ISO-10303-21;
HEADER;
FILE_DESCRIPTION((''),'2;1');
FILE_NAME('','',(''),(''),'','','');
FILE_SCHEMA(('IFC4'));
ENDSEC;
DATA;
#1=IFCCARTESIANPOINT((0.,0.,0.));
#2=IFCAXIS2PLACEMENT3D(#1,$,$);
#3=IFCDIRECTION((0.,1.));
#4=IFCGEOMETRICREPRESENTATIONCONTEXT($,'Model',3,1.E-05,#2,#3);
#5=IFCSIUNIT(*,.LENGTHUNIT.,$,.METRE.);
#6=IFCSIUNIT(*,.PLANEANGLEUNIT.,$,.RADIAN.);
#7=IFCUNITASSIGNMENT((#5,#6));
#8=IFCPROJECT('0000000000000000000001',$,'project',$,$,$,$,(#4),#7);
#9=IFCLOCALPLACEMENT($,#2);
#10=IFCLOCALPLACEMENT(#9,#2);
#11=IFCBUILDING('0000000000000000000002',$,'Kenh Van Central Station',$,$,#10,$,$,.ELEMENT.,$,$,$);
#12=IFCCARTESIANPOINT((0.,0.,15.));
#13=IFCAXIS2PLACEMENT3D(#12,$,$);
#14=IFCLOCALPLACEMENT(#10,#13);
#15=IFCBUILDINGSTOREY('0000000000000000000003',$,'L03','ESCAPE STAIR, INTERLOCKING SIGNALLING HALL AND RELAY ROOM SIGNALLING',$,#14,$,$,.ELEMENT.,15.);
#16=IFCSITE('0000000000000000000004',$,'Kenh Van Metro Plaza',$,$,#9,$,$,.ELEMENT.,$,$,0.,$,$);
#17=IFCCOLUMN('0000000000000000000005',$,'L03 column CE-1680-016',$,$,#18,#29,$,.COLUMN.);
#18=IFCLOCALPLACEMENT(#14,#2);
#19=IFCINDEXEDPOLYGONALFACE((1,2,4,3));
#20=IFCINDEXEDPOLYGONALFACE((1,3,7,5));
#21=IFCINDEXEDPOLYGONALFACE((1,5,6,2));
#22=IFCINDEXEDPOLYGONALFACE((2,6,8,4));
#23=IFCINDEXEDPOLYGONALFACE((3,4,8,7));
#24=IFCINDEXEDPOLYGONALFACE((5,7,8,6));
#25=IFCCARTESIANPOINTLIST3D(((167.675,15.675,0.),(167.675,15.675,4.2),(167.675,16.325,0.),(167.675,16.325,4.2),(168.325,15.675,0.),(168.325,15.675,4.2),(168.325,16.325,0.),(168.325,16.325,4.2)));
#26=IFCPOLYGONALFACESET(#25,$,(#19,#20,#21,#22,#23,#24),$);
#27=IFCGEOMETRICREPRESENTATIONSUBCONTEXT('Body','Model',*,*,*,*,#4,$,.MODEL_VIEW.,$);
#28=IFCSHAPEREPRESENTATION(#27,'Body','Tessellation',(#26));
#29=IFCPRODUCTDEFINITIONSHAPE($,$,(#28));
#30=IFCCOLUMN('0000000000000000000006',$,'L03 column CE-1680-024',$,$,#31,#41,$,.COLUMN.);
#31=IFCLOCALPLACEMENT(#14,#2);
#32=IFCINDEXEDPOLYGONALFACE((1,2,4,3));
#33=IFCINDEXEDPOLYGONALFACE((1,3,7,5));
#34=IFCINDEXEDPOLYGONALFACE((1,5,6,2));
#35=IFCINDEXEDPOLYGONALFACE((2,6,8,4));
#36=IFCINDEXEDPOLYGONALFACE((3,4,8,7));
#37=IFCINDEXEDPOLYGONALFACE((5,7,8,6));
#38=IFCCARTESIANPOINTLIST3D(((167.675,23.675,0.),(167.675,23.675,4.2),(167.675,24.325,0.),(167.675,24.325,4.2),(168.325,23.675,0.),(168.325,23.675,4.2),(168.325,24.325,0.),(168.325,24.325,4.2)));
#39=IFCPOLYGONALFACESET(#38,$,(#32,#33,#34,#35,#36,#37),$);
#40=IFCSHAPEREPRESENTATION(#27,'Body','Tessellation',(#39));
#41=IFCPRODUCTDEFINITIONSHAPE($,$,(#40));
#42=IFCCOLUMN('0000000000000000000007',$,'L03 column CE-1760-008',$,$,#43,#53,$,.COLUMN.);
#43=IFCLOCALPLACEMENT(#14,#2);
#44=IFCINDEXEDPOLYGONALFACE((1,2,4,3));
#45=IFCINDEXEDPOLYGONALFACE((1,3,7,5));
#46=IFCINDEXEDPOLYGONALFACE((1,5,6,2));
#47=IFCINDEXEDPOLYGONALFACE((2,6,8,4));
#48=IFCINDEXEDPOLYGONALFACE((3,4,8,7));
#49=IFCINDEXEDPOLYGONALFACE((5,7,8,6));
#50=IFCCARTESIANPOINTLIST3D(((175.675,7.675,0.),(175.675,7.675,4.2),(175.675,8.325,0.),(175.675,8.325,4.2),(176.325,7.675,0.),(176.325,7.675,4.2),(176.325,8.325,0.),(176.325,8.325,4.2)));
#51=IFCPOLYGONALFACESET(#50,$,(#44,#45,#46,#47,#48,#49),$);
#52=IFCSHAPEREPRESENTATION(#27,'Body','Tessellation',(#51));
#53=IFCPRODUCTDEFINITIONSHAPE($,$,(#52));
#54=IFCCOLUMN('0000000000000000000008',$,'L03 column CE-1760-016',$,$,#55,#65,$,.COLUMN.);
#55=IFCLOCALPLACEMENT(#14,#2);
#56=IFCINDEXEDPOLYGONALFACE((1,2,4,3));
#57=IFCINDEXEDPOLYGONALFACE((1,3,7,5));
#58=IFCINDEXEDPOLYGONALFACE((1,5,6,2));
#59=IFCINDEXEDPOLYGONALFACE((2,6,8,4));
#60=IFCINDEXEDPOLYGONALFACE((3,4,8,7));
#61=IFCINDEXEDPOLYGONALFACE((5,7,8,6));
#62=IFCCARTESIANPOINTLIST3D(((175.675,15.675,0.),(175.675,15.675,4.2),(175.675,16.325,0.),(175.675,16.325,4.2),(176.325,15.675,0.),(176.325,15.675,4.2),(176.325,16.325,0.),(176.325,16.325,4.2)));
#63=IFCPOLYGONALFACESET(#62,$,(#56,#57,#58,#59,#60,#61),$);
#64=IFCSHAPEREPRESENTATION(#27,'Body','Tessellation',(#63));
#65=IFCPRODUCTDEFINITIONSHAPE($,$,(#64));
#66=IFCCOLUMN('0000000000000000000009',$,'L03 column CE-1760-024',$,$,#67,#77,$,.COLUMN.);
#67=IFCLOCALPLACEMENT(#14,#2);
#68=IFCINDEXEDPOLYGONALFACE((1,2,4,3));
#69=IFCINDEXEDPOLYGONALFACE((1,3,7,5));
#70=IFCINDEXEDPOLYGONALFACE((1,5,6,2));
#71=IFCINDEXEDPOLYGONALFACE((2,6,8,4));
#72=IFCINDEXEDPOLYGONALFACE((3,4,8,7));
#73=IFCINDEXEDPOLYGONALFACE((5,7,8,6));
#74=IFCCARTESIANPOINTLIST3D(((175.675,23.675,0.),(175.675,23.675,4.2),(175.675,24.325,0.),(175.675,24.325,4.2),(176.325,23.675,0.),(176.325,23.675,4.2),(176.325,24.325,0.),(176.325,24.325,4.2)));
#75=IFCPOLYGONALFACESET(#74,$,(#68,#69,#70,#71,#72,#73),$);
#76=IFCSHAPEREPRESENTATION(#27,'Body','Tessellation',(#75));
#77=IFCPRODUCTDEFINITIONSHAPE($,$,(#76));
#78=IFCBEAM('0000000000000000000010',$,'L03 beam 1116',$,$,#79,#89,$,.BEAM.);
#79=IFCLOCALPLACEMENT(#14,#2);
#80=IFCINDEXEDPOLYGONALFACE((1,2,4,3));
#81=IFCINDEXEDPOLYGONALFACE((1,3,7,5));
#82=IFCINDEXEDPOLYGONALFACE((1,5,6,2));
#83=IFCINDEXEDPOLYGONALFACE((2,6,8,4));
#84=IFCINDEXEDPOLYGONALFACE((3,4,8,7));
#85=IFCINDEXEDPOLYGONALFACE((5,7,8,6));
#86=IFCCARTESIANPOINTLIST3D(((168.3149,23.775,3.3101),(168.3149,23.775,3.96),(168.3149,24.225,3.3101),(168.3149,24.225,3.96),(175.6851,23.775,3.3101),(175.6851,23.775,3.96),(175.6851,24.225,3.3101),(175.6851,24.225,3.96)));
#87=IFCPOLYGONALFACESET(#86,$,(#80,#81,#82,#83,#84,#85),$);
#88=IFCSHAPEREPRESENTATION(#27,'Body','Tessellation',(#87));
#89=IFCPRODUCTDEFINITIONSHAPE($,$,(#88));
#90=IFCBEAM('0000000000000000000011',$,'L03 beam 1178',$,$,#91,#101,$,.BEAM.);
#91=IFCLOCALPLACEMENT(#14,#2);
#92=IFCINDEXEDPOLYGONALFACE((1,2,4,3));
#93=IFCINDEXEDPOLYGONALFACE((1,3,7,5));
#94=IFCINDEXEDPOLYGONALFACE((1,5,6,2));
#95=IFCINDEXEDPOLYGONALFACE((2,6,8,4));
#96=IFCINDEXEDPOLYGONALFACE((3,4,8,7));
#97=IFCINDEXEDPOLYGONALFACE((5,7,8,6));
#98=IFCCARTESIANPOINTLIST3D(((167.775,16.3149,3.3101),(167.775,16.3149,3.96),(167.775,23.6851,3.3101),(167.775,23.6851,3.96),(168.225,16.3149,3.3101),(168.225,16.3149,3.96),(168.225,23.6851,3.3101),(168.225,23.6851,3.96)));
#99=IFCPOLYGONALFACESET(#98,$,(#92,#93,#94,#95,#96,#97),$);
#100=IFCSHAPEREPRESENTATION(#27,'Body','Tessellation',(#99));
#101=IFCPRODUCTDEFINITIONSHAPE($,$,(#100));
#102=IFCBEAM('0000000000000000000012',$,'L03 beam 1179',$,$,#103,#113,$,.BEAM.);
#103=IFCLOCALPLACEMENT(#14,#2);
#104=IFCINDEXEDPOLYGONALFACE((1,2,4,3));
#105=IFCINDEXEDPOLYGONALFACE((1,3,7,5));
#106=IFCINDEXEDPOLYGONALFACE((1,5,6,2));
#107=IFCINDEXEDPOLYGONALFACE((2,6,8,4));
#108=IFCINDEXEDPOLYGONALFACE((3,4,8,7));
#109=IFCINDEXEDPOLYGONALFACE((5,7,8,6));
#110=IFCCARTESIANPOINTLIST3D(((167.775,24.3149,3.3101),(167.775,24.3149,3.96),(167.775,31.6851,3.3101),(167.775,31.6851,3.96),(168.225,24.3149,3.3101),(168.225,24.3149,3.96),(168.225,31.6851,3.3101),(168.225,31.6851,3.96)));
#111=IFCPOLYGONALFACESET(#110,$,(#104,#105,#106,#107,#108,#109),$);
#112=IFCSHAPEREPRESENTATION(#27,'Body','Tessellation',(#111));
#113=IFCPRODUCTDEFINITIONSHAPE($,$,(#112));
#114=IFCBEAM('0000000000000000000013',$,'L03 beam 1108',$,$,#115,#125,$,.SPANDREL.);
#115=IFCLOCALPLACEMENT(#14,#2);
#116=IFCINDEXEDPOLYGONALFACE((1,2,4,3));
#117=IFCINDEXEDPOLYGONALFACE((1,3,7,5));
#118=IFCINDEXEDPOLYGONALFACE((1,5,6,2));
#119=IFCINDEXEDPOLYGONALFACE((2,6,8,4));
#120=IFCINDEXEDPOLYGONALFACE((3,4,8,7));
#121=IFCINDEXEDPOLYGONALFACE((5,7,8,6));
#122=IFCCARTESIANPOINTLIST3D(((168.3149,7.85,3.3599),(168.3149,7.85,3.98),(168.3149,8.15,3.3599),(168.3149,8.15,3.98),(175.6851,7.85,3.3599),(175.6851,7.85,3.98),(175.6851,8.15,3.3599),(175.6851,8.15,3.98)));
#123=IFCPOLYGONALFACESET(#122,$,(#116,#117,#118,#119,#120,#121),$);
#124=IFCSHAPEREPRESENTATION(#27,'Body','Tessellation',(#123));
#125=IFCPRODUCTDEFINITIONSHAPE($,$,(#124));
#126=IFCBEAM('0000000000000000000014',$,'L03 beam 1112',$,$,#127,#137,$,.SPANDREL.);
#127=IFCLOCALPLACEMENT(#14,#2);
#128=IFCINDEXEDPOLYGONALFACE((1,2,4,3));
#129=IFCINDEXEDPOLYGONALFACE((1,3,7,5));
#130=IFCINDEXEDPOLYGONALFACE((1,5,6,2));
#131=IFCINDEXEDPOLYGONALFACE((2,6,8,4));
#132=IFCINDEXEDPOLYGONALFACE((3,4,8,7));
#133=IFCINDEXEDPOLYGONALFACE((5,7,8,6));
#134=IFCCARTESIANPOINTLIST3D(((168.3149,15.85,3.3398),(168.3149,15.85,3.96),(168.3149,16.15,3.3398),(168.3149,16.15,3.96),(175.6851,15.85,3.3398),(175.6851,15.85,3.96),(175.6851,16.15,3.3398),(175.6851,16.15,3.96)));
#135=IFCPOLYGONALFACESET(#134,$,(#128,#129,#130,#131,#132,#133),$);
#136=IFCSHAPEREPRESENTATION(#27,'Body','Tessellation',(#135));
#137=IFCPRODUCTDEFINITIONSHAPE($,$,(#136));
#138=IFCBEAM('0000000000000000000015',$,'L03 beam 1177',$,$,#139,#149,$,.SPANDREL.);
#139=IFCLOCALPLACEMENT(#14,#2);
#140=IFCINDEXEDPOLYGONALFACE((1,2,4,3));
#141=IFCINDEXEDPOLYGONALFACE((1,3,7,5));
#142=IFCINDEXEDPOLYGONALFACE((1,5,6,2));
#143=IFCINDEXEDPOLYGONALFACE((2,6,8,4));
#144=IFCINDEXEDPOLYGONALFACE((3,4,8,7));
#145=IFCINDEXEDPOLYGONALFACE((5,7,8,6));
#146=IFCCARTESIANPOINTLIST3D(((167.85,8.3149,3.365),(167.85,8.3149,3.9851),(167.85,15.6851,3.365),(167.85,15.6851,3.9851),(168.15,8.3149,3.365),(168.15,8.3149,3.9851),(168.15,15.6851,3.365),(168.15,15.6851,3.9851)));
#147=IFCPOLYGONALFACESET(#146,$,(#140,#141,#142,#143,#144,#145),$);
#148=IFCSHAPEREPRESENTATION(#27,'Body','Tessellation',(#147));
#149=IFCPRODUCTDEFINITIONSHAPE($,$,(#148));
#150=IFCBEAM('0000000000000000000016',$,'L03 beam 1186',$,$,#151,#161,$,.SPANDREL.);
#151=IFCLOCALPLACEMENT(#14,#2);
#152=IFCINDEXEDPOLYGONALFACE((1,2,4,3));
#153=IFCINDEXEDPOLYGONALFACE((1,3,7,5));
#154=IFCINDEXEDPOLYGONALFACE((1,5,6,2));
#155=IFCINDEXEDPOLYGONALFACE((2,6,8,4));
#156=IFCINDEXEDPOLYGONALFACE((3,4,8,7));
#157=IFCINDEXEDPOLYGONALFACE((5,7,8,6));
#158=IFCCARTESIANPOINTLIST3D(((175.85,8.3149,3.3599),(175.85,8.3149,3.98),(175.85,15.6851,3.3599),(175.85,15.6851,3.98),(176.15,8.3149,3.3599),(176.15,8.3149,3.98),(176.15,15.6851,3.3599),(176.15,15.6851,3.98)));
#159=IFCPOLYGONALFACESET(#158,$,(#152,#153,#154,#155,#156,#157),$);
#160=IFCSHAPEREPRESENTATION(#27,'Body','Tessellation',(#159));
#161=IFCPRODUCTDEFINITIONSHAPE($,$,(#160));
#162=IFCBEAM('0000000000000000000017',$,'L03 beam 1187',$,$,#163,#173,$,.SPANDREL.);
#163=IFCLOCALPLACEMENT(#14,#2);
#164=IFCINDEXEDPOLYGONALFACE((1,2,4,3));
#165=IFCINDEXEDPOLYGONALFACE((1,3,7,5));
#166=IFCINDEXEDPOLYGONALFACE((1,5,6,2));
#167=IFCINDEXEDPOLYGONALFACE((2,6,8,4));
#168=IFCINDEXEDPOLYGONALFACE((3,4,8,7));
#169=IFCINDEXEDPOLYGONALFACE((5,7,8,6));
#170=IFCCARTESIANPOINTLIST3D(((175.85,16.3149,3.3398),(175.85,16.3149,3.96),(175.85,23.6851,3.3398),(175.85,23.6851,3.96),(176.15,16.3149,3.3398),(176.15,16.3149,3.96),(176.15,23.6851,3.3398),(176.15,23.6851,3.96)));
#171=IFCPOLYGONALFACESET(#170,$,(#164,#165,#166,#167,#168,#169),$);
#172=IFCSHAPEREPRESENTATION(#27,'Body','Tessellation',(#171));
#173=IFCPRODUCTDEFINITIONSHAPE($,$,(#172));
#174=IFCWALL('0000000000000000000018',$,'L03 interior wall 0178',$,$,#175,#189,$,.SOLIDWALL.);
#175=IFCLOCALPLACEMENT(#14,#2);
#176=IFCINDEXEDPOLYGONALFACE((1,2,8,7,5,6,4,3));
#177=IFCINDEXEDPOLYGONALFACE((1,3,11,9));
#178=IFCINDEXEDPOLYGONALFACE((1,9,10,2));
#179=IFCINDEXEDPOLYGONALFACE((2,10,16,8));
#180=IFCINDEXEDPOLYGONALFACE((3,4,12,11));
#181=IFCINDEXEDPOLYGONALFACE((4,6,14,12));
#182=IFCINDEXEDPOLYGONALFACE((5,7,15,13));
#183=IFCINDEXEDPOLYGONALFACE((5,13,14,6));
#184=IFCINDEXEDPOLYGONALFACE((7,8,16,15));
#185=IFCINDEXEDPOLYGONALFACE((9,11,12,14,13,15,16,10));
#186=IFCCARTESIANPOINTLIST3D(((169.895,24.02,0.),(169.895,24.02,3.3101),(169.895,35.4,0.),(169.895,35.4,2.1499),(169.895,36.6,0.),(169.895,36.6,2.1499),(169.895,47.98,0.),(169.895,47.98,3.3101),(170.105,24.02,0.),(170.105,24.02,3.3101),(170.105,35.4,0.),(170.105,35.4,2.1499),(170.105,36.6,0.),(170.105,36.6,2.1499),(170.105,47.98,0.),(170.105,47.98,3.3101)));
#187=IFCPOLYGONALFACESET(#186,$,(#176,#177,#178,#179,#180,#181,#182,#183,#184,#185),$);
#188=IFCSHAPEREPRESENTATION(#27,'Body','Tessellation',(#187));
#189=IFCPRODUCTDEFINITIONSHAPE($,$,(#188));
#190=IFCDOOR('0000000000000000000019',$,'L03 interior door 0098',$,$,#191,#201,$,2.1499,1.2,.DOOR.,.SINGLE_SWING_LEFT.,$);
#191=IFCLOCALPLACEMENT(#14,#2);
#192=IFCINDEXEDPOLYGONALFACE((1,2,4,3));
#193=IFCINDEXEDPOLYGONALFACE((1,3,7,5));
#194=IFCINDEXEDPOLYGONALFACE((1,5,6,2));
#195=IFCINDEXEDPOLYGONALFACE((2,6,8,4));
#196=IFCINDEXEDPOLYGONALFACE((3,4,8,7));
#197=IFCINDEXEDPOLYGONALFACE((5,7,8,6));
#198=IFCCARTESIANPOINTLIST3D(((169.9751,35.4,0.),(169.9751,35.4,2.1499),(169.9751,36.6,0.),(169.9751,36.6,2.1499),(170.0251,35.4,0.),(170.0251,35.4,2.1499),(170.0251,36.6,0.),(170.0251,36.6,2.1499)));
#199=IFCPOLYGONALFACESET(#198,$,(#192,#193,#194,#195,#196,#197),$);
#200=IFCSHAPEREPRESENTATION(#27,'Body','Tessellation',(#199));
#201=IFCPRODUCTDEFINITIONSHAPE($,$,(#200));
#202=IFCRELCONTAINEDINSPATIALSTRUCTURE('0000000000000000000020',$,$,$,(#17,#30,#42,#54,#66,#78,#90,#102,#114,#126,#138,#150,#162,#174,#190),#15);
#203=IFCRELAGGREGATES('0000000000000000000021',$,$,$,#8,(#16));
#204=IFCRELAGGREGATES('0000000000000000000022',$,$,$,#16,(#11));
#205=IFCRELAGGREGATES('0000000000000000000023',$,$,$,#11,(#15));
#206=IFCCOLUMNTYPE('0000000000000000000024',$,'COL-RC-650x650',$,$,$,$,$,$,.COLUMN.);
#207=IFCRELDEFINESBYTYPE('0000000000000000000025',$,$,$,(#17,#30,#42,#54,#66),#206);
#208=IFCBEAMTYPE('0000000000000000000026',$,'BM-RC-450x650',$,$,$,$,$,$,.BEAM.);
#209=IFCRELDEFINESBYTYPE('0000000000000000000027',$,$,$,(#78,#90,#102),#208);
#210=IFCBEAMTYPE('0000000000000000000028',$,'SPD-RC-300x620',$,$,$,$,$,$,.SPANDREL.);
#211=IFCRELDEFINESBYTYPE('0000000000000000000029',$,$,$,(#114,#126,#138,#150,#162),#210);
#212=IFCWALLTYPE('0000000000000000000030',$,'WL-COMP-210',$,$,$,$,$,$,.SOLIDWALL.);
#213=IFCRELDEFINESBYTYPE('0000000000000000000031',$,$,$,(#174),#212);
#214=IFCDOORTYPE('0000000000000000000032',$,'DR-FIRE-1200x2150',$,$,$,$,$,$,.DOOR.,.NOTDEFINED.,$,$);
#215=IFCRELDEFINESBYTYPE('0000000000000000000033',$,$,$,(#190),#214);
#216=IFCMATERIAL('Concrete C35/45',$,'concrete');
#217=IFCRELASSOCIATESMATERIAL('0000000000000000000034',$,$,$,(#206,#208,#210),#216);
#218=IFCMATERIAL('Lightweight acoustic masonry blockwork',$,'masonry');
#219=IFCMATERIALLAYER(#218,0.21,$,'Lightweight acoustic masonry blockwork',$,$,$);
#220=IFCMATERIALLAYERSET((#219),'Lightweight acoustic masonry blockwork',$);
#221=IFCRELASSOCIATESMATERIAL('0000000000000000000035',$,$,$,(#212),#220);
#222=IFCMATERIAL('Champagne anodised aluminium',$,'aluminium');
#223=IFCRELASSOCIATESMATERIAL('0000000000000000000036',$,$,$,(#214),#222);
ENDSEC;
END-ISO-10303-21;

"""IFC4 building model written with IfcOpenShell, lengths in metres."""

from ifc_helpers import new_model, si_unit, direction, frame, frame_2d, origin, origin_2d, place, context, subcontext, project, spatial, rectangle, extrude, material, layer, layer_set, material_profile, profile_set, type_object, element, fill, save


model = new_model("IFC4")

# Units and contexts
model_context = context("Model", 3, precision=1e-05, world=origin(), true_north=direction((0.0, 1.0)))
body_context = subcontext(model_context, "Body", "Model", "MODEL_VIEW")
ifc_project = project(units=[si_unit("LENGTHUNIT", "METRE"), si_unit("PLANEANGLEUNIT", "RADIAN")], contexts=[model_context])

# Site, building, storey
site_placement = place(None, origin())
site = spatial("IfcSite", under=ifc_project, at=site_placement, Name="Kenh Van Metro Plaza", CompositionType="ELEMENT", RefElevation=0.0)
building_placement = place(site_placement, origin())
building = spatial("IfcBuilding", under=site, at=building_placement, Name="Kenh Van Central Station", CompositionType="ELEMENT")
storey_placement = place(building_placement, frame((0.0, 0.0, 15.0)))
storey = spatial("IfcBuildingStorey", under=building, at=storey_placement, Name="L03", Description="ESCAPE STAIR, INTERLOCKING SIGNALLING HALL AND RELAY ROOM SIGNALLING", CompositionType="ELEMENT", Elevation=15.0)

# Columns
ifc_material_1 = material(Name="Concrete C35/45", Category="concrete")
ifc_material_profile_1 = material_profile(ifc_material_1, rectangle(XDim=0.6499, YDim=0.6499, at=origin_2d()), Name="RC 650x650")
ifc_profile_set_1 = profile_set([ifc_material_profile_1], Name="Concrete C35/45")
column_type = type_object("IfcColumnType", Name="COL-RC-650x650", PredefinedType="COLUMN", material=ifc_profile_set_1)
for number, where, z_axis, x_axis, name in (
    (1, (168.0, 16.0, 0.0), (0.0, 0.0, 1.0), (1.0, 0.0, 0.0), "L03 column CE-1680-016"),
    (2, (168.0, 24.0, 0.0), (0.0, 0.0, 1.0), (1.0, 0.0, 0.0), "L03 column CE-1680-024"),
    (3, (176.0, 8.0, 0.0), (0.0, 0.0, 1.0), (1.0, 0.0, 0.0), "L03 column CE-1760-008"),
    (4, (176.0, 16.0, 0.0), (0.0, 0.0, 1.0), (1.0, 0.0, 0.0), "L03 column CE-1760-016"),
    (5, (176.0, 24.0, 0.0), (0.0, 0.0, 1.0), (1.0, 0.0, 0.0), "L03 column CE-1760-024"),
):
    element("IfcColumn", number, at=place(storey_placement, frame(where, z_axis=z_axis, x_axis=x_axis)), inside=storey, type_object=column_type, Name=name, PredefinedType="COLUMN", context=body_context, shape_type="SweptSolid", body=[
        extrude(rectangle(XDim=0.6499, YDim=0.6499, at=origin_2d()), origin(), (0.0, 0.0, 1.0), 4.2),
    ])

# Beams
ifc_material_profile_2 = material_profile(ifc_material_1, rectangle(XDim=0.45, YDim=0.6499, at=origin_2d()), Name="RC 450x650")
ifc_profile_set_2 = profile_set([ifc_material_profile_2], Name="Concrete C35/45")
beam_type_1 = type_object("IfcBeamType", Name="BM-RC-450x650", PredefinedType="BEAM", material=ifc_profile_set_2)
for number, where, z_axis, x_axis, name in (
    (6, (168.3149, 24.0, 3.635), (1.0, 0.0, 0.0), (0.0, 1.0, 0.0), "L03 beam 1116"),
    (7, (168.0, 16.3149, 3.635), (0.0, 1.0, 0.0), (-1.0, 0.0, 0.0), "L03 beam 1178"),
    (8, (168.0, 24.3149, 3.635), (0.0, 1.0, 0.0), (-1.0, 0.0, 0.0), "L03 beam 1179"),
):
    element("IfcBeam", number, at=place(storey_placement, frame(where, z_axis=z_axis, x_axis=x_axis)), inside=storey, type_object=beam_type_1, Name=name, PredefinedType="BEAM", context=body_context, shape_type="SweptSolid", body=[
        extrude(rectangle(XDim=0.45, YDim=0.6499, at=origin_2d()), origin(), (0.0, 0.0, 1.0), 7.3701),
    ])
ifc_material_profile_3 = material_profile(ifc_material_1, rectangle(XDim=0.3, YDim=0.6201, at=origin_2d()), Name="RC 300x620")
ifc_profile_set_3 = profile_set([ifc_material_profile_3], Name="Concrete C35/45")
beam_type_2 = type_object("IfcBeamType", Name="SPD-RC-300x620", PredefinedType="SPANDREL", material=ifc_profile_set_3)
for number, where, z_axis, x_axis, name in (
    (9, (168.3149, 8.0, 3.6699), (1.0, 0.0, 0.0), (0.0, 1.0, 0.0), "L03 beam 1108"),
    (10, (168.3149, 16.0, 3.6499), (1.0, 0.0, 0.0), (0.0, 1.0, 0.0), "L03 beam 1112"),
    (11, (168.0, 8.3149, 3.675), (0.0, 1.0, 0.0), (-1.0, 0.0, 0.0), "L03 beam 1177"),
    (12, (176.0, 8.3149, 3.6699), (0.0, 1.0, 0.0), (-1.0, 0.0, 0.0), "L03 beam 1186"),
    (13, (176.0, 16.3149, 3.6499), (0.0, 1.0, 0.0), (-1.0, 0.0, 0.0), "L03 beam 1187"),
):
    element("IfcBeam", number, at=place(storey_placement, frame(where, z_axis=z_axis, x_axis=x_axis)), inside=storey, type_object=beam_type_2, Name=name, PredefinedType="SPANDREL", context=body_context, shape_type="SweptSolid", body=[
        extrude(rectangle(XDim=0.3, YDim=0.6201, at=origin_2d()), origin(), (0.0, 0.0, 1.0), 7.3701),
    ])

# Wall, opening, door
ifc_material_2 = material(Name="Lightweight acoustic masonry blockwork", Category="masonry")
ifc_layer_1 = layer(ifc_material_2, 0.21, Name="Lightweight acoustic masonry blockwork")
ifc_layer_set_1 = layer_set([ifc_layer_1], Name="Lightweight acoustic masonry blockwork")
wall_type_1 = type_object("IfcWallType", Name="WL-COMP-210", PredefinedType="SOLIDWALL", material=ifc_layer_set_1)
wall_1_placement = place(storey_placement, frame((170.0, 24.02, 0.0), z_axis=(0.0, 0.0, 1.0), x_axis=(0.0, 1.0, 0.0)))
wall_1 = element("IfcWall", 14, at=wall_1_placement, inside=storey, type_object=wall_type_1, Name="L03 interior wall 0178", PredefinedType="SOLIDWALL", context=body_context, shape_type="SweptSolid", body=[
    extrude(rectangle(XDim=23.96, YDim=0.21, at=frame_2d((11.98, 0.0))), origin(), (0.0, 0.0, 1.0), 3.3101),
])
opening_1_placement = place(wall_1_placement, frame((11.3799, 0.0, 0.0)))
opening_1 = element("IfcOpeningElement", 15, at=opening_1_placement, cuts=wall_1, PredefinedType="OPENING", context=body_context, shape_type="SweptSolid", body=[
    extrude(rectangle(XDim=1.2, YDim=2.1499, at=frame_2d((0.6001, 1.075))), frame((0.0, 0.115, 0.0), z_axis=(0.0, -1.0, 0.0), x_axis=(1.0, 0.0, 0.0)), (0.0, 0.0, 1.0), 0.23),
])
ifc_material_3 = material(Name="Champagne anodised aluminium", Category="aluminium")
door_type = type_object("IfcDoorType", Name="DR-FIRE-1200x2150", OperationType="NOTDEFINED", PredefinedType="DOOR", material=ifc_material_3)
door_placement = place(opening_1_placement, origin())
door = element("IfcDoor", 16, at=door_placement, inside=storey, type_object=door_type, Name="L03 interior door 0098", OperationType="SINGLE_SWING_LEFT", OverallHeight=2.1499, OverallWidth=1.2, PredefinedType="DOOR", context=body_context, shape_type="SweptSolid", body=[
    extrude(rectangle(XDim=1.2, YDim=2.1499, at=frame_2d((0.6001, 1.075))), frame((0.0, 0.0249, 0.0), z_axis=(0.0, -1.0, 0.0), x_axis=(1.0, 0.0, 0.0)), (0.0, 0.0, 1.0), 0.05),
])
fill(opening_1, door)

save(model, "model.ifc")
